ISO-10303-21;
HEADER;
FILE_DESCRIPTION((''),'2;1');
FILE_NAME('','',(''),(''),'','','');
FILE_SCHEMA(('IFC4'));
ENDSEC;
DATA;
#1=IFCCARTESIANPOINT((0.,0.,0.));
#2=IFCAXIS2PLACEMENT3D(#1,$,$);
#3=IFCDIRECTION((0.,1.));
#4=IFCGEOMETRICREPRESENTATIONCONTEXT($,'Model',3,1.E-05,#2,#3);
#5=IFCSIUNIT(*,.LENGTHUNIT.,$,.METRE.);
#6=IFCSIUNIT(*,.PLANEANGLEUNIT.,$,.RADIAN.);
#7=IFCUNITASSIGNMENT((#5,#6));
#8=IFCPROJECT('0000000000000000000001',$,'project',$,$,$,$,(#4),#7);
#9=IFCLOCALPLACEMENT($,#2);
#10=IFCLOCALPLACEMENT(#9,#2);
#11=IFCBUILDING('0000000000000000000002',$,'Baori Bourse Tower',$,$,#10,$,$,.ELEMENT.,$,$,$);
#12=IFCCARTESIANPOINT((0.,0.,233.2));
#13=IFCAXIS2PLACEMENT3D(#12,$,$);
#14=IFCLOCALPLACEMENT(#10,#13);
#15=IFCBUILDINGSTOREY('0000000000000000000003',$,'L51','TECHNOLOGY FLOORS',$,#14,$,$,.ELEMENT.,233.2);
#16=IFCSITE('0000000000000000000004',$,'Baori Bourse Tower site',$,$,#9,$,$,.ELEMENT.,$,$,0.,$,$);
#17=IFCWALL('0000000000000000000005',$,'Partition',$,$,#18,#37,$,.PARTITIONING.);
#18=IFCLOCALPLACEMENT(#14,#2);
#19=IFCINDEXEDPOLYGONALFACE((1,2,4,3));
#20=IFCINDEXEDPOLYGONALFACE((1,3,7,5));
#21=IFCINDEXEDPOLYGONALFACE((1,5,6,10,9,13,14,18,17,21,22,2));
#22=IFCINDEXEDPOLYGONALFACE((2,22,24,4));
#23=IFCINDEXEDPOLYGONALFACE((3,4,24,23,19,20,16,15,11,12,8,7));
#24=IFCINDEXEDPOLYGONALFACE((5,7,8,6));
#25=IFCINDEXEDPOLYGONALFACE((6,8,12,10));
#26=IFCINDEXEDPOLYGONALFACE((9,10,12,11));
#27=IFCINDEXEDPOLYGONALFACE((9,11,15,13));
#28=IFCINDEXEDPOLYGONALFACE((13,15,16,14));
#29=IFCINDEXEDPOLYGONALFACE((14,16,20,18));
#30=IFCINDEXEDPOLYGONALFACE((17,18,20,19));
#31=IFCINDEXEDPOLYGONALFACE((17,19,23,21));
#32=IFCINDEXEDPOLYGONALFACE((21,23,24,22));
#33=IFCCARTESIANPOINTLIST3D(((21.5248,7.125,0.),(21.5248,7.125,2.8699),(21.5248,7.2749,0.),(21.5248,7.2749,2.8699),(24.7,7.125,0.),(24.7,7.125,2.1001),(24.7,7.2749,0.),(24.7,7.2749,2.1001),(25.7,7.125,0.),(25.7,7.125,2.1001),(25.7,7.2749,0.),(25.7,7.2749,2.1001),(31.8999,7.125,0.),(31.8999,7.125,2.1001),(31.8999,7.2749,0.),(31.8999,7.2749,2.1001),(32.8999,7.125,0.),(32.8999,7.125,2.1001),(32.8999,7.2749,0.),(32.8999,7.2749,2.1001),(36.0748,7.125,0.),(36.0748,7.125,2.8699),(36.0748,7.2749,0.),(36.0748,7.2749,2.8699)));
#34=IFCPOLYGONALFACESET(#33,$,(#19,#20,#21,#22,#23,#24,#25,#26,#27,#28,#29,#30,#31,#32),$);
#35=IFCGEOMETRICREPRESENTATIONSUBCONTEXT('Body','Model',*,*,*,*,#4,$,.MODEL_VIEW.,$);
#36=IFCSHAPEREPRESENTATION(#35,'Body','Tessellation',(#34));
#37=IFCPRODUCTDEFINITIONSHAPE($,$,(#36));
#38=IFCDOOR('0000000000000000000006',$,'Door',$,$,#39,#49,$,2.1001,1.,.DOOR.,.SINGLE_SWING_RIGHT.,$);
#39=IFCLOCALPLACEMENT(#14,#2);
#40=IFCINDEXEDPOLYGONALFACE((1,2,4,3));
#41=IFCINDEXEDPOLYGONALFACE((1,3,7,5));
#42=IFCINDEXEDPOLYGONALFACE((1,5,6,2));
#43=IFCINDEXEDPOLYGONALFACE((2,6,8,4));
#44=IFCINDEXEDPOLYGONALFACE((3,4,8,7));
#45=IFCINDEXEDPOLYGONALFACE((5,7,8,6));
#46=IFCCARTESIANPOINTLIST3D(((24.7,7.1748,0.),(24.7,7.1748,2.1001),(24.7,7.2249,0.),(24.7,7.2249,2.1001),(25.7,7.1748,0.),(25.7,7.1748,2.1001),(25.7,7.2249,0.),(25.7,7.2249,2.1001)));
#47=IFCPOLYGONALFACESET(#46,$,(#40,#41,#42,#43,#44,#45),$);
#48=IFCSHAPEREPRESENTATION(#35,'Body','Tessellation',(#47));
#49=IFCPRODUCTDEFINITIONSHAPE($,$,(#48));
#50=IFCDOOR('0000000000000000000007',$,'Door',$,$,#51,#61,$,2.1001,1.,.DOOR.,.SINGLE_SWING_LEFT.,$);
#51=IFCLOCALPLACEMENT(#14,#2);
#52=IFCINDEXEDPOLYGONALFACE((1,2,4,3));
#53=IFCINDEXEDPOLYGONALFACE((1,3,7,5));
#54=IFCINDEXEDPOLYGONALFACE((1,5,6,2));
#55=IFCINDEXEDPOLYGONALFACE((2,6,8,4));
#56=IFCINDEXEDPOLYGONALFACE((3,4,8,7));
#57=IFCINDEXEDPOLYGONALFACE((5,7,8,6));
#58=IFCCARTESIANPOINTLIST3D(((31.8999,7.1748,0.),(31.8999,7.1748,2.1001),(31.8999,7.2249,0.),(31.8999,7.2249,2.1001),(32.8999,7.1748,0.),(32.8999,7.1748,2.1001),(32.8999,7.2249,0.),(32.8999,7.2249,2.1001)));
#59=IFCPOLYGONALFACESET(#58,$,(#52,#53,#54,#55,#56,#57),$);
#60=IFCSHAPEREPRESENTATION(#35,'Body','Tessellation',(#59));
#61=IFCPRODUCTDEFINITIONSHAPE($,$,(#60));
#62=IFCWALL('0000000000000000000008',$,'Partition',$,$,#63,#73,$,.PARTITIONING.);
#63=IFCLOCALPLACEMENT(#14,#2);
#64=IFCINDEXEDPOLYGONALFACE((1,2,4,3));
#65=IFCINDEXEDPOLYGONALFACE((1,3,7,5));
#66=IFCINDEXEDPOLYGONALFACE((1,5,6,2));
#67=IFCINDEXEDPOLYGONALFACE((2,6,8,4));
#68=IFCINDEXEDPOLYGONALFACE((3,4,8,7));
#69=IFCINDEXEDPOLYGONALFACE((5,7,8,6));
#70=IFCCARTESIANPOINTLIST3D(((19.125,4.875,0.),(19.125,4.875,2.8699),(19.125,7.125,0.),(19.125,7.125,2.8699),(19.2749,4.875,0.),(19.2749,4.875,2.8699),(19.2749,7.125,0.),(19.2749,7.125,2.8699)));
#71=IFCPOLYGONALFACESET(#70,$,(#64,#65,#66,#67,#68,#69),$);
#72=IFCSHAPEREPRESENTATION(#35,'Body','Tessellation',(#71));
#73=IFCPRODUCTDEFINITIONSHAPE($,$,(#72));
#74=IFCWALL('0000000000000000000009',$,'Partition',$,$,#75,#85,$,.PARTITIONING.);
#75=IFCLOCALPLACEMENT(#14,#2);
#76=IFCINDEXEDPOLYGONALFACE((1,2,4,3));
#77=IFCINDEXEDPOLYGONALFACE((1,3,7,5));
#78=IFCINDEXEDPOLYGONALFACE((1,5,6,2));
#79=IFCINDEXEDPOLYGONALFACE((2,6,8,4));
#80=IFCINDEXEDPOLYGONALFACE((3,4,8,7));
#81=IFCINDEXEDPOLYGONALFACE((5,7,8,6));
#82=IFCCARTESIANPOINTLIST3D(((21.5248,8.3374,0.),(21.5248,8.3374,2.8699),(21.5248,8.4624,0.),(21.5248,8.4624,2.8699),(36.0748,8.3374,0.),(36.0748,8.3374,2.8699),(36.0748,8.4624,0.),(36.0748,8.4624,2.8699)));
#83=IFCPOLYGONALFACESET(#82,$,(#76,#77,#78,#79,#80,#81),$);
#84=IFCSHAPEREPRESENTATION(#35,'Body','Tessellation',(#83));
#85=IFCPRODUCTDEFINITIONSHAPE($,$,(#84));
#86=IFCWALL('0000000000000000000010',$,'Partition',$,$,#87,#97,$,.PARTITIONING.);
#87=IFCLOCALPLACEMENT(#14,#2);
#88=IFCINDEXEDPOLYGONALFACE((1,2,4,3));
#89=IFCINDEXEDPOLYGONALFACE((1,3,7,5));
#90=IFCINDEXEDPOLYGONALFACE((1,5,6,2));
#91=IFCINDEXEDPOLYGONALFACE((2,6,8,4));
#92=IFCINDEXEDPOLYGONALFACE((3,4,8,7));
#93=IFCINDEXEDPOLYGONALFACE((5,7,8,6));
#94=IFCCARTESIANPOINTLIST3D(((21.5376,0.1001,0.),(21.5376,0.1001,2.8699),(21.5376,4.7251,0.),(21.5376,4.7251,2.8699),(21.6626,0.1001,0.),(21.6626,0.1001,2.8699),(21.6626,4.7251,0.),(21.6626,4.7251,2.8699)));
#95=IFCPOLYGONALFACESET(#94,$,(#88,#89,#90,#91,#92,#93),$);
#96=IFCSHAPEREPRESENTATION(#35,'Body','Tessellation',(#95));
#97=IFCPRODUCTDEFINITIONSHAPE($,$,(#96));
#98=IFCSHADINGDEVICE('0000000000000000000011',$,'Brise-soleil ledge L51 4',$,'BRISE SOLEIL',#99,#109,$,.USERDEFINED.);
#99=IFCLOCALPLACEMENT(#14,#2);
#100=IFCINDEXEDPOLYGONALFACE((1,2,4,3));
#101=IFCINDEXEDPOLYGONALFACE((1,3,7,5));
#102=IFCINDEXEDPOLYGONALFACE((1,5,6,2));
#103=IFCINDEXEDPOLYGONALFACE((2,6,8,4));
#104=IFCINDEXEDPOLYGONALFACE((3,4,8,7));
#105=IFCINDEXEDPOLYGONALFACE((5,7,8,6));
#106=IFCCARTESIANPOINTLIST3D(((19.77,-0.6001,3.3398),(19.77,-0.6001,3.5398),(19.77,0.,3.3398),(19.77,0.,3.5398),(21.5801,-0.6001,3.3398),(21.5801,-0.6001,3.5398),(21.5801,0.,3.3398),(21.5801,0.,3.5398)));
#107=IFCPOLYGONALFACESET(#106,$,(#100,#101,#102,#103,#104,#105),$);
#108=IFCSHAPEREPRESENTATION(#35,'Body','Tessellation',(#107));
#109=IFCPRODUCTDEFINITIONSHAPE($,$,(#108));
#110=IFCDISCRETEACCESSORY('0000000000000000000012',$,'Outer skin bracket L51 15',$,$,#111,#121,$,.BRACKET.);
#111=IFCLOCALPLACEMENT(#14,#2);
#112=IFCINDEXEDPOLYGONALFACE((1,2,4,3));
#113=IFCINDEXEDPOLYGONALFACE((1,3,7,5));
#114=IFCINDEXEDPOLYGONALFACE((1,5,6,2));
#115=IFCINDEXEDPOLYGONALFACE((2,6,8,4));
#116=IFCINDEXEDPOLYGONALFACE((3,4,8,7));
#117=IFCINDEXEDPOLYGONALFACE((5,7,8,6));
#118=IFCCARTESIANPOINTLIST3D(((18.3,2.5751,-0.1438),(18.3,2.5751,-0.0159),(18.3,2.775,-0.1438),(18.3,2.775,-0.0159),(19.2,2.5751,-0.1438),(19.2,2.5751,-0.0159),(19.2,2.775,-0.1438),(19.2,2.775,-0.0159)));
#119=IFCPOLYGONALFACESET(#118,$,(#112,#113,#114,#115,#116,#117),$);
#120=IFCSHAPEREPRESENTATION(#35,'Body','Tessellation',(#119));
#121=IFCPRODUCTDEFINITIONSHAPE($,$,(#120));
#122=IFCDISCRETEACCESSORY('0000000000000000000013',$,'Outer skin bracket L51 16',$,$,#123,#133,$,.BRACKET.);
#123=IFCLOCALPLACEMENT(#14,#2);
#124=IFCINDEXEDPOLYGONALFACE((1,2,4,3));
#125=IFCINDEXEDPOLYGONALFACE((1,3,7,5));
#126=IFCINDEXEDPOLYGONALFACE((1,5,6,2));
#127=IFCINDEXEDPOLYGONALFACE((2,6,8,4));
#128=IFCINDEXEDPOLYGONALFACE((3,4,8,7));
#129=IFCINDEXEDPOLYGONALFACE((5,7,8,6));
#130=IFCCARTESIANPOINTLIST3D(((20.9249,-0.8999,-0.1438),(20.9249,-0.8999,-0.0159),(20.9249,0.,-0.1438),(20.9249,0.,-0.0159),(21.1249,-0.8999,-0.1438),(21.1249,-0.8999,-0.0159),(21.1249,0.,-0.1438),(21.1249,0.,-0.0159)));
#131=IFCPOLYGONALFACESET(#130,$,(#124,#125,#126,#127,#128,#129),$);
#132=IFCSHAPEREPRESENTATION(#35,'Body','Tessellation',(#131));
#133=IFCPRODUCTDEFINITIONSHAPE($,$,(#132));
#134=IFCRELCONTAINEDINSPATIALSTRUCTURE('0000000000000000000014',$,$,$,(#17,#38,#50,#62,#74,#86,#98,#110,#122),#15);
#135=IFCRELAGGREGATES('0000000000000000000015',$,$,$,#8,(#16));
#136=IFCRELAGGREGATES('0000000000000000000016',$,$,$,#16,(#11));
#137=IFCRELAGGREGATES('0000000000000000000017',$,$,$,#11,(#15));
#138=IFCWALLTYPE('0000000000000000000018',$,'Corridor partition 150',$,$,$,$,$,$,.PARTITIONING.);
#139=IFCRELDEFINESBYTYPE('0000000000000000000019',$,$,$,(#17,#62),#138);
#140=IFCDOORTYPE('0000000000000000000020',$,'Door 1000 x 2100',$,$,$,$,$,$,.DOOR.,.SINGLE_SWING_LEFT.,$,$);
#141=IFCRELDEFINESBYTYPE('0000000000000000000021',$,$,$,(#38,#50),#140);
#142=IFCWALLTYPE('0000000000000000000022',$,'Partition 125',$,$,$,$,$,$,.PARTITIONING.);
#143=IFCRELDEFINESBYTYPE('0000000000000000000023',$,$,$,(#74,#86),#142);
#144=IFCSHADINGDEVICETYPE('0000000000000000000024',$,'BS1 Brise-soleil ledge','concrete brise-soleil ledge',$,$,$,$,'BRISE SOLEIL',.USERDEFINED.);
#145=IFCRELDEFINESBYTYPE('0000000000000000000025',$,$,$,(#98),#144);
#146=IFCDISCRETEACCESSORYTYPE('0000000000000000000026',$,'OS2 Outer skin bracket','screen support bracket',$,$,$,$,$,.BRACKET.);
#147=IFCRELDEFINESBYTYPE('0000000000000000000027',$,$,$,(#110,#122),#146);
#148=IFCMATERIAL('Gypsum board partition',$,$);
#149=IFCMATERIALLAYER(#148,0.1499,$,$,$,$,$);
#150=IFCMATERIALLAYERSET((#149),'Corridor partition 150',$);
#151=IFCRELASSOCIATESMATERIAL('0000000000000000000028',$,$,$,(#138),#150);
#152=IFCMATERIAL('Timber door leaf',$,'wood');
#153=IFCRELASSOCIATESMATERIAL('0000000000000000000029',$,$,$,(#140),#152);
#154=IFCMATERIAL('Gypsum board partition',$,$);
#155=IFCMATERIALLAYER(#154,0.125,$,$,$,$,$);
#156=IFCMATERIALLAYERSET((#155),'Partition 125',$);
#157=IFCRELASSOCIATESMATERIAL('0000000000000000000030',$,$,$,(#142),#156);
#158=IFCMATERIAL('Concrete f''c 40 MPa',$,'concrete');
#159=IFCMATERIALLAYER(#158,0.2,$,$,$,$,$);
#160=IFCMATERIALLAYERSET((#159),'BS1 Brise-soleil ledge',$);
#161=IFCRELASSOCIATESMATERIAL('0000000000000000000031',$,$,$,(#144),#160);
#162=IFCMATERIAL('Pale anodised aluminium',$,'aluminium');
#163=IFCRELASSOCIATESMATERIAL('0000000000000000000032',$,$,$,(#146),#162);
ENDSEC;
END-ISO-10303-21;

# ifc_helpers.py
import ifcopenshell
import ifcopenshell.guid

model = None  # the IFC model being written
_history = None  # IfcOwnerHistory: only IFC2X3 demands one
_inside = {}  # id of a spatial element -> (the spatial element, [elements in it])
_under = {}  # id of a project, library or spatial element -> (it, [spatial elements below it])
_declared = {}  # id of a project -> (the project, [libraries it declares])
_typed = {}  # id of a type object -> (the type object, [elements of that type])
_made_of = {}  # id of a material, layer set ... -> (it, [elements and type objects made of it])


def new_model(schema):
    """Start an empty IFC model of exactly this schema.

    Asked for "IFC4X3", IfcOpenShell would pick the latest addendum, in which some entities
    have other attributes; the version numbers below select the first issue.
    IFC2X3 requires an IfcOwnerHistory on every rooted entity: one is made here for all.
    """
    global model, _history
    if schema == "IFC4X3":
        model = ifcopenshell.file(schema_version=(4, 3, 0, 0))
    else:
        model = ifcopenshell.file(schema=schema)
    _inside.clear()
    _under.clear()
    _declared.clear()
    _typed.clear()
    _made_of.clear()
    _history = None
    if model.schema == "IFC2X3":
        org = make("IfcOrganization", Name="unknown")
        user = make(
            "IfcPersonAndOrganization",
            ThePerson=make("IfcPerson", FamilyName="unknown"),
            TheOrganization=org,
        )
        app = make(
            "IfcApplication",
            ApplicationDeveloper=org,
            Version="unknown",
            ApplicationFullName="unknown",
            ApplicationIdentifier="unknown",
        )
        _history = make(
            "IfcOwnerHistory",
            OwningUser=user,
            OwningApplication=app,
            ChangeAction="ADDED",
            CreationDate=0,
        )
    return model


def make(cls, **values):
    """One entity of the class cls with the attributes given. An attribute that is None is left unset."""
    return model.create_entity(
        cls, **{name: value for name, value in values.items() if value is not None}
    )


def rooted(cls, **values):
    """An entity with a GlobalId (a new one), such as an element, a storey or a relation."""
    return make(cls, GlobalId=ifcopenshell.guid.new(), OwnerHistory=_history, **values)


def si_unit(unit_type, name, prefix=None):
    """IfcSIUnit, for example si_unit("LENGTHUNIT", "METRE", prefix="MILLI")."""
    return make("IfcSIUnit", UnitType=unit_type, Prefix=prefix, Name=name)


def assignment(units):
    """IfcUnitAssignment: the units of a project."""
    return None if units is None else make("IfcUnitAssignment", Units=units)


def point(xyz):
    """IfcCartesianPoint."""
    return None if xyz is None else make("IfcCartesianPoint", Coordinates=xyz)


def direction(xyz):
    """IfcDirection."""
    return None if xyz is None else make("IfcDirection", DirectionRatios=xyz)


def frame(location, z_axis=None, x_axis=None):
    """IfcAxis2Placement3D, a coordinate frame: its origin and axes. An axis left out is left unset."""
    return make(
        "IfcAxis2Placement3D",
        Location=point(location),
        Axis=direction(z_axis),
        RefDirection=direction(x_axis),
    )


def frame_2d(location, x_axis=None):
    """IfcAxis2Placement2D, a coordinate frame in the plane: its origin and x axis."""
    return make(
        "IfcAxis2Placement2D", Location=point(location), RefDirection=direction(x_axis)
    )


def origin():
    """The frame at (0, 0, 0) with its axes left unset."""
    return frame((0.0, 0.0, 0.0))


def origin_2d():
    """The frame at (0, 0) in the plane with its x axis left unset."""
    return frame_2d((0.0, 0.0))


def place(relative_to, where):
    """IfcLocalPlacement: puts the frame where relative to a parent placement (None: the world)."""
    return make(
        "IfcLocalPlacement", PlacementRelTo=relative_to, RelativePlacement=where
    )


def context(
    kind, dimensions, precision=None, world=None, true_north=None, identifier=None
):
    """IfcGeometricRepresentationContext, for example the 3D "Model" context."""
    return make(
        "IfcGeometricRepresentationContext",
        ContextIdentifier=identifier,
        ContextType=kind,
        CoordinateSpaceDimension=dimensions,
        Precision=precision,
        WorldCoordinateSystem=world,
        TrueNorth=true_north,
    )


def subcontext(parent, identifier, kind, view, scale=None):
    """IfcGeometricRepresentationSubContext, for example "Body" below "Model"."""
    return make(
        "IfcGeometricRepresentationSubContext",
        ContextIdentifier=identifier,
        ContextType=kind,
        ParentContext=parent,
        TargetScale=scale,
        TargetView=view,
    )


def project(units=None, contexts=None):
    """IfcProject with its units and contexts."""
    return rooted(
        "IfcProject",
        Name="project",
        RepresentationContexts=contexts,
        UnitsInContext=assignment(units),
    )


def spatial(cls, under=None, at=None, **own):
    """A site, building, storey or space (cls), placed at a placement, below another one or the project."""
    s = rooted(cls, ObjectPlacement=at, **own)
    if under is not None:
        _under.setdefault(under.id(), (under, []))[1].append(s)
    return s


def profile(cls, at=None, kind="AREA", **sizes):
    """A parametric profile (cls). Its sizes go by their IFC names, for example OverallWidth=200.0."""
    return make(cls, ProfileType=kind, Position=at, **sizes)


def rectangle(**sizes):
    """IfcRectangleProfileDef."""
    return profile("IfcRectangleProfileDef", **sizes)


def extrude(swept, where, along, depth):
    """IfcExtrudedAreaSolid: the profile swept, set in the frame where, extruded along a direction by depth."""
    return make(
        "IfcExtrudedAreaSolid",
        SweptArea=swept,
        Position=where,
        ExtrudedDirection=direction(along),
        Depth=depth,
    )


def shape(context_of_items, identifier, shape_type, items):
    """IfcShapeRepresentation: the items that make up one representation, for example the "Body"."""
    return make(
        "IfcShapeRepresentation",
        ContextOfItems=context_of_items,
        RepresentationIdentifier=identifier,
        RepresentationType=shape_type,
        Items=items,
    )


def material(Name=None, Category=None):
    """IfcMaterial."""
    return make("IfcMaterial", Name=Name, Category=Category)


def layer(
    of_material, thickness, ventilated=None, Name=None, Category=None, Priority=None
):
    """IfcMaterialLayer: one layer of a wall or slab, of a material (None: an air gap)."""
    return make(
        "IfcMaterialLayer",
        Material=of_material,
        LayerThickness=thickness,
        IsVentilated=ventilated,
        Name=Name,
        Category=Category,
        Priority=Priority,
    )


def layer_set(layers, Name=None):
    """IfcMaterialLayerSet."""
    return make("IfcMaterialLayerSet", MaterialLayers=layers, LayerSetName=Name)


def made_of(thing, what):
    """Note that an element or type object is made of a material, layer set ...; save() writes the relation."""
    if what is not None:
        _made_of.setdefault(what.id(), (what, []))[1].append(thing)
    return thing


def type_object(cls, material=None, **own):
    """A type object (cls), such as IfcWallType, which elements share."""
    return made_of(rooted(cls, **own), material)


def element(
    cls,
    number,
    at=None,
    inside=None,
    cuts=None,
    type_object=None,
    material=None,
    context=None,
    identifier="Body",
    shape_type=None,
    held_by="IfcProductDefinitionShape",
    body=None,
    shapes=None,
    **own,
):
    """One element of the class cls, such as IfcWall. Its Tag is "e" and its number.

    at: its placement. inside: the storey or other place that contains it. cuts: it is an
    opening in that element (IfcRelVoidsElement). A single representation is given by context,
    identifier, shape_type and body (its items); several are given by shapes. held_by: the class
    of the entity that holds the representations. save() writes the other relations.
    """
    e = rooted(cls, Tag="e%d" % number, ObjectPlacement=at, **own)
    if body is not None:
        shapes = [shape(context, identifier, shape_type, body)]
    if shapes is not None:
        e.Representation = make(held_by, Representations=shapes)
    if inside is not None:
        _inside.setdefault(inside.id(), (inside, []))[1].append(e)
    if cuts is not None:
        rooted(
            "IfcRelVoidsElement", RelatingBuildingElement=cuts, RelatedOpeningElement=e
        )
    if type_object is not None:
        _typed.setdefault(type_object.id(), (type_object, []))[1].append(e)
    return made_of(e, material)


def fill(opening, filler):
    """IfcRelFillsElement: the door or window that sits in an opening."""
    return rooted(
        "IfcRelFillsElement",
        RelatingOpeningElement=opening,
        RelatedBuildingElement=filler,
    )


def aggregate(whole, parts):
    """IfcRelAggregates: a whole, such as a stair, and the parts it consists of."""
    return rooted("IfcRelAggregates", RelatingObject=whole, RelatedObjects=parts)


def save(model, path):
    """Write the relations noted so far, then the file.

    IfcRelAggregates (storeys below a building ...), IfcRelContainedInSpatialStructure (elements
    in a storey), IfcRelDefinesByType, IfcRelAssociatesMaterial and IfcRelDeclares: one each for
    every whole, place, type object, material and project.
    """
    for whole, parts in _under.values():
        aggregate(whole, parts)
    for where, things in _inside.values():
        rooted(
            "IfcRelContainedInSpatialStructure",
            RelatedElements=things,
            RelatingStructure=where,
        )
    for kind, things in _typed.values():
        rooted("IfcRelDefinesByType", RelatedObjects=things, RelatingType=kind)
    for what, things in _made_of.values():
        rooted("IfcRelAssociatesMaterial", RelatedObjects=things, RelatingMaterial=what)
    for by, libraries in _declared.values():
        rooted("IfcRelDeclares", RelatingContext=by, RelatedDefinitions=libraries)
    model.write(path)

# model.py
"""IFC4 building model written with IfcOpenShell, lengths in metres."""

from ifc_helpers import new_model, si_unit, direction, frame, frame_2d, origin, origin_2d, place, context, subcontext, project, spatial, rectangle, extrude, material, layer, layer_set, type_object, element, fill, save


model = new_model("IFC4")

# Units and contexts
model_context = context("Model", 3, precision=1e-05, world=origin(), true_north=direction((0.0, 1.0)))
body_context = subcontext(model_context, "Body", "Model", "MODEL_VIEW")
ifc_project = project(units=[si_unit("LENGTHUNIT", "METRE"), si_unit("PLANEANGLEUNIT", "RADIAN")], contexts=[model_context])

# Site, building, storey
site_placement = place(None, origin())
site = spatial("IfcSite", under=ifc_project, at=site_placement, Name="Baori Bourse Tower site", CompositionType="ELEMENT", RefElevation=0.0)
building_placement = place(site_placement, origin())
building = spatial("IfcBuilding", under=site, at=building_placement, Name="Baori Bourse Tower", CompositionType="ELEMENT")
storey_placement = place(building_placement, frame((0.0, 0.0, 233.2)))
storey = spatial("IfcBuildingStorey", under=building, at=storey_placement, Name="L51", Description="TECHNOLOGY FLOORS", CompositionType="ELEMENT", Elevation=233.2)

# Wall, openings, doors
ifc_material_1 = material(Name="Gypsum board partition")
ifc_layer_1 = layer(ifc_material_1, 0.1499)
ifc_layer_set_1 = layer_set([ifc_layer_1], Name="Corridor partition 150")
wall_type_1 = type_object("IfcWallType", Name="Corridor partition 150", PredefinedType="PARTITIONING", material=ifc_layer_set_1)
ifc_material_2 = material(Name="Timber door leaf", Category="wood")
door_type = type_object("IfcDoorType", Name="Door 1000 x 2100", OperationType="SINGLE_SWING_LEFT", PredefinedType="DOOR", material=ifc_material_2)
wall_1_placement = place(storey_placement, frame((21.5249, 7.2, 0.0), z_axis=(0.0, 0.0, 1.0), x_axis=(1.0, 0.0, 0.0)))
wall_1 = element("IfcWall", 1, at=wall_1_placement, inside=storey, type_object=wall_type_1, Name="Partition", PredefinedType="PARTITIONING", context=body_context, shape_type="SweptSolid", body=[
    extrude(rectangle(XDim=14.55, YDim=0.1499, at=frame_2d((7.2749, 0.0))), origin(), (0.0, 0.0, 1.0), 2.8699),
])
opening_1_placement = place(wall_1_placement, frame((3.175, 0.0, 0.0)))
opening_1 = element("IfcOpeningElement", 2, at=opening_1_placement, cuts=wall_1, PredefinedType="OPENING", context=body_context, shape_type="SweptSolid", body=[
    extrude(rectangle(XDim=1.0, YDim=2.1001, at=frame_2d((0.5, 1.05))), frame((0.0, 0.085, 0.0), z_axis=(0.0, -1.0, 0.0), x_axis=(1.0, 0.0, 0.0)), (0.0, 0.0, 1.0), 0.1699),
])
opening_2_placement = place(wall_1_placement, frame((10.375, 0.0, 0.0)))
opening_2 = element("IfcOpeningElement", 3, at=opening_2_placement, cuts=wall_1, PredefinedType="OPENING", context=body_context, shape_type="SweptSolid", body=[
    extrude(rectangle(XDim=1.0, YDim=2.1001, at=frame_2d((0.5, 1.05))), frame((0.0, 0.085, 0.0), z_axis=(0.0, -1.0, 0.0), x_axis=(1.0, 0.0, 0.0)), (0.0, 0.0, 1.0), 0.1699),
])
door_1_placement = place(opening_1_placement, origin())
door_1 = element("IfcDoor", 4, at=door_1_placement, inside=storey, type_object=door_type, Name="Door", OperationType="SINGLE_SWING_RIGHT", OverallHeight=2.1001, OverallWidth=1.0, PredefinedType="DOOR", context=body_context, shape_type="SweptSolid", body=[
    extrude(rectangle(XDim=1.0, YDim=2.1001, at=frame_2d((0.5, 1.05))), frame((0.0, 0.0249, 0.0), z_axis=(0.0, -1.0, 0.0), x_axis=(1.0, 0.0, 0.0)), (0.0, 0.0, 1.0), 0.05),
])
fill(opening_1, door_1)
door_2_placement = place(opening_2_placement, origin())
door_2 = element("IfcDoor", 5, at=door_2_placement, inside=storey, type_object=door_type, Name="Door", OperationType="SINGLE_SWING_LEFT", OverallHeight=2.1001, OverallWidth=1.0, PredefinedType="DOOR", context=body_context, shape_type="SweptSolid", body=[
    extrude(rectangle(XDim=1.0, YDim=2.1001, at=frame_2d((0.5, 1.05))), frame((0.0, 0.0249, 0.0), z_axis=(0.0, -1.0, 0.0), x_axis=(1.0, 0.0, 0.0)), (0.0, 0.0, 1.0), 0.05),
])
fill(opening_2, door_2)

# Walls
wall_2_placement = place(storey_placement, frame((19.2, 4.875, 0.0), z_axis=(0.0, 0.0, 1.0), x_axis=(0.0, 1.0, 0.0)))
element("IfcWall", 6, at=wall_2_placement, inside=storey, type_object=wall_type_1, Name="Partition", PredefinedType="PARTITIONING", context=body_context, shape_type="SweptSolid", body=[
    extrude(rectangle(XDim=2.25, YDim=0.1499, at=frame_2d((1.125, 0.0))), origin(), (0.0, 0.0, 1.0), 2.8699),
])
ifc_material_3 = material(Name="Gypsum board partition")
ifc_layer_2 = layer(ifc_material_3, 0.125)
ifc_layer_set_2 = layer_set([ifc_layer_2], Name="Partition 125")
wall_type_2 = type_object("IfcWallType", Name="Partition 125", PredefinedType="PARTITIONING", material=ifc_layer_set_2)
wall_3_placement = place(storey_placement, frame((21.5249, 8.3999, 0.0), z_axis=(0.0, 0.0, 1.0), x_axis=(1.0, 0.0, 0.0)))
element("IfcWall", 7, at=wall_3_placement, inside=storey, type_object=wall_type_2, Name="Partition", PredefinedType="PARTITIONING", context=body_context, shape_type="SweptSolid", body=[
    extrude(rectangle(XDim=14.55, YDim=0.125, at=frame_2d((7.2749, 0.0))), origin(), (0.0, 0.0, 1.0), 2.8699),
])
wall_4_placement = place(storey_placement, frame((21.6001, 0.1001, 0.0), z_axis=(0.0, 0.0, 1.0), x_axis=(0.0, 1.0, 0.0)))
element("IfcWall", 8, at=wall_4_placement, inside=storey, type_object=wall_type_2, Name="Partition", PredefinedType="PARTITIONING", context=body_context, shape_type="SweptSolid", body=[
    extrude(rectangle(XDim=4.625, YDim=0.125, at=frame_2d((2.3125, 0.0))), origin(), (0.0, 0.0, 1.0), 2.8699),
])

# Shading device
ifc_material_4 = material(Name="Concrete f'c 40 MPa", Category="concrete")
ifc_layer_3 = layer(ifc_material_4, 0.2)
ifc_layer_set_3 = layer_set([ifc_layer_3], Name="BS1 Brise-soleil ledge")
shading_device_type = type_object("IfcShadingDeviceType", Name="BS1 Brise-soleil ledge", Description="concrete brise-soleil ledge", ElementType="BRISE SOLEIL", PredefinedType="USERDEFINED", material=ifc_layer_set_3)
shading_device_placement = place(storey_placement, frame((20.675, -0.3, 3.3398), z_axis=(0.0, 0.0, 1.0), x_axis=(1.0, 0.0, 0.0)))
element("IfcShadingDevice", 9, at=shading_device_placement, inside=storey, type_object=shading_device_type, Name="Brise-soleil ledge L51 4", ObjectType="BRISE SOLEIL", PredefinedType="USERDEFINED", context=body_context, shape_type="SweptSolid", body=[
    extrude(rectangle(XDim=1.8101, YDim=0.6001, at=origin_2d()), origin(), (0.0, 0.0, 1.0), 0.2),
])

# Discrete accessories
ifc_material_5 = material(Name="Pale anodised aluminium", Category="aluminium")
discrete_accessory_type = type_object("IfcDiscreteAccessoryType", Name="OS2 Outer skin bracket", Description="screen support bracket", PredefinedType="BRACKET", material=ifc_material_5)
for number, where, z_axis, x_axis, name in (
    (10, (18.75, 2.675, -0.1438), (0.0, 0.0, 1.0), (0.0, -1.0, 0.0), "Outer skin bracket L51 15"),
    (11, (21.0249, -0.45, -0.1438), (0.0, 0.0, 1.0), (1.0, 0.0, 0.0), "Outer skin bracket L51 16"),
):
    element("IfcDiscreteAccessory", number, at=place(storey_placement, frame(where, z_axis=z_axis, x_axis=x_axis)), inside=storey, type_object=discrete_accessory_type, Name=name, PredefinedType="BRACKET", context=body_context, shape_type="SweptSolid", body=[
        extrude(rectangle(XDim=0.2, YDim=0.8999, at=origin_2d()), origin(), (0.0, 0.0, 1.0), 0.1279),
    ])

save(model, "model.ifc")
